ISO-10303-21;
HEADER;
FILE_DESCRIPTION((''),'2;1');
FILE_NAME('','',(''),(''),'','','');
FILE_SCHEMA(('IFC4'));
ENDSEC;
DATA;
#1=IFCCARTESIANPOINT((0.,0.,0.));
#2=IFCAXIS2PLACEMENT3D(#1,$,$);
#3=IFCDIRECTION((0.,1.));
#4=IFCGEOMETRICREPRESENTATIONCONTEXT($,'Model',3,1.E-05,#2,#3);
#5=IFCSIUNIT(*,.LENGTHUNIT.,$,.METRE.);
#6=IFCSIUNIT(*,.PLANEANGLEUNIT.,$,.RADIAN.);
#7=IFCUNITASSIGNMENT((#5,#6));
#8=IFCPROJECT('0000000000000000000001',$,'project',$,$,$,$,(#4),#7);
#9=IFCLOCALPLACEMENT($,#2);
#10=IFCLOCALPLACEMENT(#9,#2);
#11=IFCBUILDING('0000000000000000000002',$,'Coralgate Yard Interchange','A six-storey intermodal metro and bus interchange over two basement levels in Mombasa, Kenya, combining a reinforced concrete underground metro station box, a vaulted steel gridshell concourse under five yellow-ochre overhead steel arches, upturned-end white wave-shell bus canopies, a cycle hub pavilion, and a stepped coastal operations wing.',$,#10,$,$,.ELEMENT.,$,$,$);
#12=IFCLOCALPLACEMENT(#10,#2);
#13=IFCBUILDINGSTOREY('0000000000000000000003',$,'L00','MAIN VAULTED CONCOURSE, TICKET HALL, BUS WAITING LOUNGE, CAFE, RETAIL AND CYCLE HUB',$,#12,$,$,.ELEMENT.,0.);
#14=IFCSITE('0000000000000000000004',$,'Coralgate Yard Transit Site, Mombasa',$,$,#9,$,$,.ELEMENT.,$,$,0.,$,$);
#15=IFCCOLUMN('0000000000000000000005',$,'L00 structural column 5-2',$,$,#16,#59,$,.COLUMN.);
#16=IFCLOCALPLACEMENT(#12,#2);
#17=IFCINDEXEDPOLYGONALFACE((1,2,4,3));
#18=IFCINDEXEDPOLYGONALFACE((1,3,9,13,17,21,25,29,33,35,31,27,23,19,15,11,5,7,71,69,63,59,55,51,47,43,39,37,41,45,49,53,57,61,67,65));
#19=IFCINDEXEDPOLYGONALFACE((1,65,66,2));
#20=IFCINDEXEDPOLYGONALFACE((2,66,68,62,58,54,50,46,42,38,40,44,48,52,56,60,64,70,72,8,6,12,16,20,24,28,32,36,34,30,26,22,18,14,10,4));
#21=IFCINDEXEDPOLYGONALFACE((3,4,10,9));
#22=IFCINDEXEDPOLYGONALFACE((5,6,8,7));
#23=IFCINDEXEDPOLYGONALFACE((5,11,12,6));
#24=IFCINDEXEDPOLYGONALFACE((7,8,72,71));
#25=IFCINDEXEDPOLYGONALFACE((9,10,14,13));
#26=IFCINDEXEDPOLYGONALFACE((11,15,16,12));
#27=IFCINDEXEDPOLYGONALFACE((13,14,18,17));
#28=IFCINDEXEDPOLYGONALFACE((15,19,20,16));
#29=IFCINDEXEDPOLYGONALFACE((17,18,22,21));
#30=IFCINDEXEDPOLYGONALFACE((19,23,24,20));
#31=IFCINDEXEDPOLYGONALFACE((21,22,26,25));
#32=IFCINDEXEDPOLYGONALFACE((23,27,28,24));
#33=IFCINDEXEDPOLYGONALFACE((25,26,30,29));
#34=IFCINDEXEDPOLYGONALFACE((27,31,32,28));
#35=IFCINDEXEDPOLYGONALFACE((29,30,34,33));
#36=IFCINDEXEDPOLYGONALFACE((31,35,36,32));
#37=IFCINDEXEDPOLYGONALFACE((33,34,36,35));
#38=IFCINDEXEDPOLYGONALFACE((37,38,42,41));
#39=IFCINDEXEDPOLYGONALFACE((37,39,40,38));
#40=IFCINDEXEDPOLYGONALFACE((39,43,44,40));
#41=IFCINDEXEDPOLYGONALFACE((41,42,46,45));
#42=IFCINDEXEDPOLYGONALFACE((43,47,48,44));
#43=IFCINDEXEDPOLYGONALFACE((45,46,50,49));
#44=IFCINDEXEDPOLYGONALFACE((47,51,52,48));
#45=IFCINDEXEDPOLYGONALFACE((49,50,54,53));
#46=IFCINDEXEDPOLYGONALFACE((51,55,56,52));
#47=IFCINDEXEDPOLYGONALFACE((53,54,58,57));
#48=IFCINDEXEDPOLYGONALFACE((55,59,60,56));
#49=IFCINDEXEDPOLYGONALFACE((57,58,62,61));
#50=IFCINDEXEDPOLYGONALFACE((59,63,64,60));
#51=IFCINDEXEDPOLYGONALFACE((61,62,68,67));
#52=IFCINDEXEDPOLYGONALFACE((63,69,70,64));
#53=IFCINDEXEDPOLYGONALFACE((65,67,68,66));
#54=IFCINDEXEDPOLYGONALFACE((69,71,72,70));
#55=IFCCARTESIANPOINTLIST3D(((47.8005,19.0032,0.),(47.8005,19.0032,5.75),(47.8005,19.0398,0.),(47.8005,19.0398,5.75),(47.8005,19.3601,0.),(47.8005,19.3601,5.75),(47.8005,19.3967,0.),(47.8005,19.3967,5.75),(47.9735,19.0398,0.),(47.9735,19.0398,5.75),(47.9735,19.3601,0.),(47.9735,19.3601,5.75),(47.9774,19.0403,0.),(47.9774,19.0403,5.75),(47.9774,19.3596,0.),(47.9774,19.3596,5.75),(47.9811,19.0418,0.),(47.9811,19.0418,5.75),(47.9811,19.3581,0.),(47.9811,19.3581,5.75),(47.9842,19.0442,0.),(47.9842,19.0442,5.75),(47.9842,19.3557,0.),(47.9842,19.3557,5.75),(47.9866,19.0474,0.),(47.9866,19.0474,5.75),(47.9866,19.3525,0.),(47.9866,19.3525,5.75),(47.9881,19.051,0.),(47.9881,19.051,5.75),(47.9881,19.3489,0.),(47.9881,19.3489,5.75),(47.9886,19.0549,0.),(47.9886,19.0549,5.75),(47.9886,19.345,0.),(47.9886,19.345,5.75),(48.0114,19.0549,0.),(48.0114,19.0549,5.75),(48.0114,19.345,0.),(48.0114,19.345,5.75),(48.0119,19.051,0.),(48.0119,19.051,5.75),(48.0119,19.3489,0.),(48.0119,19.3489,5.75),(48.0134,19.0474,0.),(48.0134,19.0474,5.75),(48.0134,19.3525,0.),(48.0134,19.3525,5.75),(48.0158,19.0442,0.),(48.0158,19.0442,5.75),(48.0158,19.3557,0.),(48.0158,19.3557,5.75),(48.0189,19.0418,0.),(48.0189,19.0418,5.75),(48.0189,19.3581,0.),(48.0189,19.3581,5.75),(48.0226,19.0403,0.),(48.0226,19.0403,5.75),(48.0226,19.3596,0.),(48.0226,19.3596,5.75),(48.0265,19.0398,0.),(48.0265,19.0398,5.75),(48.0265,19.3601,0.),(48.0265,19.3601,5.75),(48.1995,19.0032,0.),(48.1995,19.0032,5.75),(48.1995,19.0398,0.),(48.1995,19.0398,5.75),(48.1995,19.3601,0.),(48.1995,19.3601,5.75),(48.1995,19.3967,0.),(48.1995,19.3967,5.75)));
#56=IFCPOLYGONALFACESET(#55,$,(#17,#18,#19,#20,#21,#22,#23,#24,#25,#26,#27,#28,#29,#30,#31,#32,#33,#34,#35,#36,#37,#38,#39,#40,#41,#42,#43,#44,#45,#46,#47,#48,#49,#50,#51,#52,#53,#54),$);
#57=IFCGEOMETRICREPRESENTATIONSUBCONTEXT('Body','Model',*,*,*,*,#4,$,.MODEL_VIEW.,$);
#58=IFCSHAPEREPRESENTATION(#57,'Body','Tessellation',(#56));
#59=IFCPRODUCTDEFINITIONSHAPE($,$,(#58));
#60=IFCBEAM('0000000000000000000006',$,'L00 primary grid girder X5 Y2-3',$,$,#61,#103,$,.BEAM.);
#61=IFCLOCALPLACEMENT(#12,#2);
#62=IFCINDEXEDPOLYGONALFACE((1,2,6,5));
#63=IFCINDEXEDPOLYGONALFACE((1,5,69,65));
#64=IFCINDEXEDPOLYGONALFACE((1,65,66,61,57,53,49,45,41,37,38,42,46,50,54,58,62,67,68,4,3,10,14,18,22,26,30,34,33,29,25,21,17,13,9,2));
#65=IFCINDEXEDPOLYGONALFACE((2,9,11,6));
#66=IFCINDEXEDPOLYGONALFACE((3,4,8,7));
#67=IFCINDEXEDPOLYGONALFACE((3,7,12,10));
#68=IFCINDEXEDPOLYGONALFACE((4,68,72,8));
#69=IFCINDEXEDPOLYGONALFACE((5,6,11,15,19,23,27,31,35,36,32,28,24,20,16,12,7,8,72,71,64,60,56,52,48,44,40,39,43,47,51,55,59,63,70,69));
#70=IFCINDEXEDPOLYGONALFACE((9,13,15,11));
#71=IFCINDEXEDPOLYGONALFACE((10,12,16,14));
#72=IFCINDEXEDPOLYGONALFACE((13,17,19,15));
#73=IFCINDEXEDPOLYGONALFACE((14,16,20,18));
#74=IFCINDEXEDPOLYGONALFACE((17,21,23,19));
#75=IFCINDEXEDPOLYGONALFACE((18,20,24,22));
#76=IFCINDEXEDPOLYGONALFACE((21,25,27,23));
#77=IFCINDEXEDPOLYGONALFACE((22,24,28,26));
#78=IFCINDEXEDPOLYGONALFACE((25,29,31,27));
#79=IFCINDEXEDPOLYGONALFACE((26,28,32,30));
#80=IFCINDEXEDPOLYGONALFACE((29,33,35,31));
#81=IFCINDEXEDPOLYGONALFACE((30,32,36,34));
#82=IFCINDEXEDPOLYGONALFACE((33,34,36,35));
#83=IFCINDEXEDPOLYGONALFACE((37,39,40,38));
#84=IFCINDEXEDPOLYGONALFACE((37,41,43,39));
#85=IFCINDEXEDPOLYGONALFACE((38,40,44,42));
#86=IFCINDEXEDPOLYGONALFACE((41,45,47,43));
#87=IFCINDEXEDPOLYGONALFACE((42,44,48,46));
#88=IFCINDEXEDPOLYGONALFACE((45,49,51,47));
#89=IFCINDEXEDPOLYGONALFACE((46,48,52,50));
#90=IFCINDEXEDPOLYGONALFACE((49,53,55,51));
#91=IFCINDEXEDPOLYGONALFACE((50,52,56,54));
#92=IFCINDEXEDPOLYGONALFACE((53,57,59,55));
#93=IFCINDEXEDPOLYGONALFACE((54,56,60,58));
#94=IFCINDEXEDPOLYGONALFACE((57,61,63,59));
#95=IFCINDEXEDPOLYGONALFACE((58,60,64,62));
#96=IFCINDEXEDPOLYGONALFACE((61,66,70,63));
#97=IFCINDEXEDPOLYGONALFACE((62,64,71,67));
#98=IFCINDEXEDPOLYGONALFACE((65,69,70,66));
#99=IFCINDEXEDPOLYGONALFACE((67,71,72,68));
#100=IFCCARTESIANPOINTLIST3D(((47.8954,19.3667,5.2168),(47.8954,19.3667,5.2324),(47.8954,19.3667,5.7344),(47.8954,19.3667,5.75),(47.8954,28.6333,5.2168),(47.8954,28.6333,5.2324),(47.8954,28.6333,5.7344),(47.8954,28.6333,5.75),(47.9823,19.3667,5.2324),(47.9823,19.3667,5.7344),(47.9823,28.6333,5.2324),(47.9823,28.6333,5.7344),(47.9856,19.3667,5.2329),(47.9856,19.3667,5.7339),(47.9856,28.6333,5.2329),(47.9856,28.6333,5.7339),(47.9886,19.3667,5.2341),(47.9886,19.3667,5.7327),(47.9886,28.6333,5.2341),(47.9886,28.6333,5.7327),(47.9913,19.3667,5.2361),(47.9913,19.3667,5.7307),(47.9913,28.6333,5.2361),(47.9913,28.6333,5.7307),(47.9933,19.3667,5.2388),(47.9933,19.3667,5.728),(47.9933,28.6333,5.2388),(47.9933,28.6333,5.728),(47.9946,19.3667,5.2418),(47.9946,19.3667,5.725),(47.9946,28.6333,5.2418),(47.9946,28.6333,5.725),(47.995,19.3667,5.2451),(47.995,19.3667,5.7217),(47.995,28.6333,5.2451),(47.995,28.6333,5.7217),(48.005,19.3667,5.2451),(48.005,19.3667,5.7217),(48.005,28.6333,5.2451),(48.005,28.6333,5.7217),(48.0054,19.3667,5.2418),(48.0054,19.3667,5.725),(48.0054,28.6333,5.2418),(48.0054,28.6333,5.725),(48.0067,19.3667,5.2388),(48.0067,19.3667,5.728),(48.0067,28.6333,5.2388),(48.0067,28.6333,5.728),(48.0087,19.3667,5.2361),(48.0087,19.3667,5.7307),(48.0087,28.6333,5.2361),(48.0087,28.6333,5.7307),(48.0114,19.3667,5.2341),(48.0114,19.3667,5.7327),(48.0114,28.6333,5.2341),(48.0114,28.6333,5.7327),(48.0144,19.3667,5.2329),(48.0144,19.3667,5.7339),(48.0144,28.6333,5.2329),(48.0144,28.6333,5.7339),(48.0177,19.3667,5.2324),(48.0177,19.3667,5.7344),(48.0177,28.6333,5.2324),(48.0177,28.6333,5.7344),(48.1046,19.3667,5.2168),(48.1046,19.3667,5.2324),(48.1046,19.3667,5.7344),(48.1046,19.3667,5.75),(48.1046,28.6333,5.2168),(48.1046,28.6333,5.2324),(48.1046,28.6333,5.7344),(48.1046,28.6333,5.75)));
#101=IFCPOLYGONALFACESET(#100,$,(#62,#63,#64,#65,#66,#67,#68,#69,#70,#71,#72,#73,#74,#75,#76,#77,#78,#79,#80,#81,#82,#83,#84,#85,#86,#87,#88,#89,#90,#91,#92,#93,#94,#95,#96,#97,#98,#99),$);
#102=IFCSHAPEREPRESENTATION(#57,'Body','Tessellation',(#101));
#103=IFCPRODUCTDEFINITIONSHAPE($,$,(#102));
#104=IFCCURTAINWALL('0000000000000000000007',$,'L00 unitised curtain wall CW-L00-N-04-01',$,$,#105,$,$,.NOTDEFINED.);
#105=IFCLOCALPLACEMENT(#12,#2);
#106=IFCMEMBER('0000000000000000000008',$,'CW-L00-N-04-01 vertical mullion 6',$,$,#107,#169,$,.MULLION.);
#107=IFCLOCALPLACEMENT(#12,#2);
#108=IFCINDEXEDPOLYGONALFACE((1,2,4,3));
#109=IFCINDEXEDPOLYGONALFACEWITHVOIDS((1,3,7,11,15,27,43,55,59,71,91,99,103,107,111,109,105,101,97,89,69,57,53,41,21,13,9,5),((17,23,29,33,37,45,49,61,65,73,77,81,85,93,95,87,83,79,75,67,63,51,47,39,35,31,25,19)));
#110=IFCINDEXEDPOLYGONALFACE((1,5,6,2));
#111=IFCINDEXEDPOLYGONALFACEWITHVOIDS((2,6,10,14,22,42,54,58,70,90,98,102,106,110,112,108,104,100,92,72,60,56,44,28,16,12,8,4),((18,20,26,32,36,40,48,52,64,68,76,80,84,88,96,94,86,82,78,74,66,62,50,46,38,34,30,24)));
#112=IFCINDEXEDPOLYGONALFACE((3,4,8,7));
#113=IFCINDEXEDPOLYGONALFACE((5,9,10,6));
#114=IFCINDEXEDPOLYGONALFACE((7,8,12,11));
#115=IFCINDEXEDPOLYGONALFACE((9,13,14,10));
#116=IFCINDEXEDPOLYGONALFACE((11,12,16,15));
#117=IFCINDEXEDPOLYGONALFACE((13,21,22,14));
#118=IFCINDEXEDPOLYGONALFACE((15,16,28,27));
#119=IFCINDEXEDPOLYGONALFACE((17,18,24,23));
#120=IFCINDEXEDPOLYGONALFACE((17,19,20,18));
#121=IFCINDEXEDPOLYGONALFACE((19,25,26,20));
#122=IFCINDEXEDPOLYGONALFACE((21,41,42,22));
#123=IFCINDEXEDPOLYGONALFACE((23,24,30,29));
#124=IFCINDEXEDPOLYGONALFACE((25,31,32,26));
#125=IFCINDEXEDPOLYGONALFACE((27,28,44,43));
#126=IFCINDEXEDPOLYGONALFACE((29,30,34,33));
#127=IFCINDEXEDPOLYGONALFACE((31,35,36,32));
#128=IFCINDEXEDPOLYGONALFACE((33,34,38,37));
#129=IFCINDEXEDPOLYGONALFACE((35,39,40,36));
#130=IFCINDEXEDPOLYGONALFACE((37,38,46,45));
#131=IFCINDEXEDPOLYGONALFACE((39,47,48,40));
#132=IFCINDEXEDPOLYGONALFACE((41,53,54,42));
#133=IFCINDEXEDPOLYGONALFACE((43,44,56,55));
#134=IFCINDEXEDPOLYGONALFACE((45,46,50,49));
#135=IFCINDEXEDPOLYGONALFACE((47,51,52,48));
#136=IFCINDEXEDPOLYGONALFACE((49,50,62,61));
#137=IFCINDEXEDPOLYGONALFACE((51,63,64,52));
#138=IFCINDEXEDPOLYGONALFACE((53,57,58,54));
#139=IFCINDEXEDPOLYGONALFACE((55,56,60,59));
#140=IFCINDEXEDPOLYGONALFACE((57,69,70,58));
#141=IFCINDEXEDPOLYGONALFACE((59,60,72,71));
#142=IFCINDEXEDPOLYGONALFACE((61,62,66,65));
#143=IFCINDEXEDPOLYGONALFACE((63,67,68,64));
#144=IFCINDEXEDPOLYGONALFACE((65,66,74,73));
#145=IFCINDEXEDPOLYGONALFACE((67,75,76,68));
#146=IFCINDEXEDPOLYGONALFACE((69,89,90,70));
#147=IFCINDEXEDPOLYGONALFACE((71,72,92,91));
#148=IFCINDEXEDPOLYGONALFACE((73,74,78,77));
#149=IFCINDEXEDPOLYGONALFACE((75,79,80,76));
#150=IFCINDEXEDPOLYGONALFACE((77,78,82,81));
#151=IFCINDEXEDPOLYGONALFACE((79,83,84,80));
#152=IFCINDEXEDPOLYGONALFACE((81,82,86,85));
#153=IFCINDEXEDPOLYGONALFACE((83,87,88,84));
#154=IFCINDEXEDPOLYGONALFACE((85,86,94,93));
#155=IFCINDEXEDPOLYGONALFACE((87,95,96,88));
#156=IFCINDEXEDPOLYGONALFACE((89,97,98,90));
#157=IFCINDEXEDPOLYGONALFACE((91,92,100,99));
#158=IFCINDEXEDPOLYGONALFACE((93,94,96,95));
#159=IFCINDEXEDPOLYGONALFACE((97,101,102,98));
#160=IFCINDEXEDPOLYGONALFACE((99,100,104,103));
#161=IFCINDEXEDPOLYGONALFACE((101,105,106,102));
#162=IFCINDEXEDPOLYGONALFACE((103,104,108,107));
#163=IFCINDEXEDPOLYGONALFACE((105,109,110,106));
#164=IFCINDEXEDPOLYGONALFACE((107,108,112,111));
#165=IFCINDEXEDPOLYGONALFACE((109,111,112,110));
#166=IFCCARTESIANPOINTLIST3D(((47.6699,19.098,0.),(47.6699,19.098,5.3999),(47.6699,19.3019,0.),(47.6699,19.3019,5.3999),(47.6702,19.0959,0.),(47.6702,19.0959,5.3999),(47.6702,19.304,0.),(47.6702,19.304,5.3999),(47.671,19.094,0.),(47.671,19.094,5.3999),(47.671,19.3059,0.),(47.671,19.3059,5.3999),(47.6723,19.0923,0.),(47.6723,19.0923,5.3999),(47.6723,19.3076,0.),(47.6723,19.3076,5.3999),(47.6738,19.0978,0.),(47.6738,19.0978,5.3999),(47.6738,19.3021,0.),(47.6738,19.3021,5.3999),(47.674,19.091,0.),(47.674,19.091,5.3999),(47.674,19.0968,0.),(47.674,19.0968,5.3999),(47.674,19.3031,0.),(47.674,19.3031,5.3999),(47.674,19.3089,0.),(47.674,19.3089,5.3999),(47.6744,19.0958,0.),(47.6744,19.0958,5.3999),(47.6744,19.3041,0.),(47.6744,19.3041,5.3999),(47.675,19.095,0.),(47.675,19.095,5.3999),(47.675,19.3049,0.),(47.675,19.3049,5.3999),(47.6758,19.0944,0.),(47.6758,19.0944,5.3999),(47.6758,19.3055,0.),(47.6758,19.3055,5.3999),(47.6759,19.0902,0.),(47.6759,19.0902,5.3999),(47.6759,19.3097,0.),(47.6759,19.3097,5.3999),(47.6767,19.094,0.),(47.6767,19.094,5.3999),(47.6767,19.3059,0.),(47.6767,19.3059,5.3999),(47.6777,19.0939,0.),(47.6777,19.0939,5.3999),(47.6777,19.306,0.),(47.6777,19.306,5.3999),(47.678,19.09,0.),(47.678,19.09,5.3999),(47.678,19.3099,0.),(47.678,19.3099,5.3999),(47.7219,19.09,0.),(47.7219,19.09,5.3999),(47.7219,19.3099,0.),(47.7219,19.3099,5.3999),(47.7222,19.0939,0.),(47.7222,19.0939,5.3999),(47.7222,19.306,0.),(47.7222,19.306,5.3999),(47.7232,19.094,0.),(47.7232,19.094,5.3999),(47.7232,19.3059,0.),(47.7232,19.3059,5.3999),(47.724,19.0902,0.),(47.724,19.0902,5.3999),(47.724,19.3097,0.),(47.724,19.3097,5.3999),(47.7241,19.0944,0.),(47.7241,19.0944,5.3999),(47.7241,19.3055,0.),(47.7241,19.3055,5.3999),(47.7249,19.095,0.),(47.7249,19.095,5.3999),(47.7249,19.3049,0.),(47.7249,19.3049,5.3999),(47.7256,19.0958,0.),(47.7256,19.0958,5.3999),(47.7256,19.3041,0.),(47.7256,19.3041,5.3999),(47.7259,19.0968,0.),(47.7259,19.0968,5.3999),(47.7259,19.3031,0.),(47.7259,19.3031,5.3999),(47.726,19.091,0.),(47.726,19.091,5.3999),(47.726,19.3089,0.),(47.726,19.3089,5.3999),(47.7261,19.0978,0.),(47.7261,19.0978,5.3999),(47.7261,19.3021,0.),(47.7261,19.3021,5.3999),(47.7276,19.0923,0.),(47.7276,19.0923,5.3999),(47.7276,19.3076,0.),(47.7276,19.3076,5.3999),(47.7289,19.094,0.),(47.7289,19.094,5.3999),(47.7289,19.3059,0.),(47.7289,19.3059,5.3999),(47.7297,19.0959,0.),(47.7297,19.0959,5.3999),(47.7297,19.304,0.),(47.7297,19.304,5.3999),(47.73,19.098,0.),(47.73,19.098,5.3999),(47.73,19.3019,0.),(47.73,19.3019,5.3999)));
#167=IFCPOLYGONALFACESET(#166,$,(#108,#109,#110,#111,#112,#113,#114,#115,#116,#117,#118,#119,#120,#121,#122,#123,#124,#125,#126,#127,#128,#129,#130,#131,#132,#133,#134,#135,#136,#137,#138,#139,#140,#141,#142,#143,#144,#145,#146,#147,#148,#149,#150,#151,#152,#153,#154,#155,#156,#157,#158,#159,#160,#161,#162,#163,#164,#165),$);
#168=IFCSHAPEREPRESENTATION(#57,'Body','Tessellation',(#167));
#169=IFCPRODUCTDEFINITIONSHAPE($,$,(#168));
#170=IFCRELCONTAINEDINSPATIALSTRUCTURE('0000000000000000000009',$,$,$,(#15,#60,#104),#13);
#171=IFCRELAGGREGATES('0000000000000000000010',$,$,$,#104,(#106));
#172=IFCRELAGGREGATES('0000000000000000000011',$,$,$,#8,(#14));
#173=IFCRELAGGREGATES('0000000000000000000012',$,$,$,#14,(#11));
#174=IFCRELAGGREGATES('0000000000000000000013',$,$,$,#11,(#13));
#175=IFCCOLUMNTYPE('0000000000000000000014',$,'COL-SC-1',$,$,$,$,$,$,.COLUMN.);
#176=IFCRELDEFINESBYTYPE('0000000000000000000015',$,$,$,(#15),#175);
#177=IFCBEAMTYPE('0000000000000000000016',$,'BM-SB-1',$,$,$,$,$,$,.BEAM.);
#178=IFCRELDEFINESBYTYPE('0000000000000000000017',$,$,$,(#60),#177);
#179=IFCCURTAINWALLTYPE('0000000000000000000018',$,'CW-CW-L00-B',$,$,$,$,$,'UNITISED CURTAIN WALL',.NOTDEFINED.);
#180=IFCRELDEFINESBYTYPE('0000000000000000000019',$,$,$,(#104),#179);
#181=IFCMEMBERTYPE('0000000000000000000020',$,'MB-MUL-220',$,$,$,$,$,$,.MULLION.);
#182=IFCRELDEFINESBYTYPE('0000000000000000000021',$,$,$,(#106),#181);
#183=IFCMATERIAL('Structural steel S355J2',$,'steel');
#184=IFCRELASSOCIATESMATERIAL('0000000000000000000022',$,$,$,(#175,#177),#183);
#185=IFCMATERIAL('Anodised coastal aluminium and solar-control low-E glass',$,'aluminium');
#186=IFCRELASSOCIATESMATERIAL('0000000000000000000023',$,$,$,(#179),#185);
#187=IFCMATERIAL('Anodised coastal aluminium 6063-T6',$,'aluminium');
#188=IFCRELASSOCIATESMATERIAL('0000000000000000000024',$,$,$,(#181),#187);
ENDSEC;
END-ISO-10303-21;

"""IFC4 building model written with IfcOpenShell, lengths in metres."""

from ifc_helpers import new_model, si_unit, direction, frame, origin, origin_2d, place, context, subcontext, project, spatial, hollow_rectangle, i_section, extrude, material, material_profile, profile_set, type_object, element, aggregate, save


model = new_model("IFC4")

# Units and contexts
model_context = context("Model", 3, precision=1e-05, world=origin(), true_north=direction((0.0, 1.0)))
body_context = subcontext(model_context, "Body", "Model", "MODEL_VIEW")
ifc_project = project(units=[si_unit("LENGTHUNIT", "METRE"), si_unit("PLANEANGLEUNIT", "RADIAN")], contexts=[model_context])

# Site, building, storey
site_placement = place(None, origin())
site = spatial("IfcSite", under=ifc_project, at=site_placement, Name="Coralgate Yard Transit Site, Mombasa", CompositionType="ELEMENT", RefElevation=0.0)
building_placement = place(site_placement, origin())
building = spatial("IfcBuilding", under=site, at=building_placement, Name="Coralgate Yard Interchange", Description="A six-storey intermodal metro and bus interchange over two basement levels in Mombasa, Kenya, combining a reinforced concrete underground metro station box, a vaulted steel gridshell concourse under five yellow-ochre overhead steel arches, upturned-end white wave-shell bus canopies, a cycle hub pavilion, and a stepped coastal operations wing.", CompositionType="ELEMENT")
storey_placement = place(building_placement, origin())
storey = spatial("IfcBuildingStorey", under=building, at=storey_placement, Name="L00", Description="MAIN VAULTED CONCOURSE, TICKET HALL, BUS WAITING LOUNGE, CAFE, RETAIL AND CYCLE HUB", CompositionType="ELEMENT", Elevation=0.0)

# Column
ifc_material_1 = material(Name="Structural steel S355J2", Category="steel")
ifc_material_profile_1 = material_profile(ifc_material_1, i_section(OverallWidth=0.3989, OverallDepth=0.3936, WebThickness=0.0227, FlangeThickness=0.0366, FilletRadius=0.0151, at=origin_2d()), Name="UC 356x406x287")
ifc_profile_set_1 = profile_set([ifc_material_profile_1], Name="Structural steel S355J2")
column_type = type_object("IfcColumnType", Name="COL-SC-1", PredefinedType="COLUMN", material=ifc_profile_set_1)
column_placement = place(storey_placement, frame((48.0, 19.2, 0.0), z_axis=(0.0, 0.0, 1.0), x_axis=(1.0, 0.0, 0.0)))
element("IfcColumn", 1, at=column_placement, inside=storey, type_object=column_type, Name="L00 structural column 5-2", PredefinedType="COLUMN", context=body_context, shape_type="SweptSolid", body=[
    extrude(i_section(OverallWidth=0.3989, OverallDepth=0.3936, WebThickness=0.0227, FlangeThickness=0.0366, FilletRadius=0.0151, at=origin_2d()), origin(), (0.0, 0.0, 1.0), 5.75),
])

# Beam
ifc_material_profile_2 = material_profile(ifc_material_1, i_section(OverallWidth=0.2092, OverallDepth=0.5332, WebThickness=0.01, FlangeThickness=0.0156, FilletRadius=0.0127, at=origin_2d()), Name="UB 533x210x92")
ifc_profile_set_2 = profile_set([ifc_material_profile_2], Name="Structural steel S355J2")
beam_type = type_object("IfcBeamType", Name="BM-SB-1", PredefinedType="BEAM", material=ifc_profile_set_2)
beam_placement = place(storey_placement, frame((48.0, 19.3667, 5.4834), z_axis=(0.0, 1.0, 0.0), x_axis=(-1.0, 0.0, 0.0)))
element("IfcBeam", 2, at=beam_placement, inside=storey, type_object=beam_type, Name="L00 primary grid girder X5 Y2-3", PredefinedType="BEAM", context=body_context, shape_type="SweptSolid", body=[
    extrude(i_section(OverallWidth=0.2092, OverallDepth=0.5332, WebThickness=0.01, FlangeThickness=0.0156, FilletRadius=0.0127, at=origin_2d()), origin(), (0.0, 0.0, 1.0), 9.2666),
])

# Curtain wall, member
ifc_material_2 = material(Name="Anodised coastal aluminium and solar-control low-E glass", Category="aluminium")
curtain_wall_type = type_object("IfcCurtainWallType", Name="CW-CW-L00-B", ElementType="UNITISED CURTAIN WALL", PredefinedType="NOTDEFINED", material=ifc_material_2)
curtain_wall_1_placement = place(storey_placement, origin())
curtain_wall_1 = element("IfcCurtainWall", 3, at=curtain_wall_1_placement, inside=storey, type_object=curtain_wall_type, Name="L00 unitised curtain wall CW-L00-N-04-01", PredefinedType="NOTDEFINED")
ifc_material_3 = material(Name="Anodised coastal aluminium 6063-T6", Category="aluminium")
ifc_material_profile_3 = material_profile(ifc_material_3, hollow_rectangle(XDim=0.0601, YDim=0.22, WallThickness=0.0039, InnerFilletRadius=0.0039, OuterFilletRadius=0.0081, at=origin_2d()), Name="ALU 60x220x4")
ifc_profile_set_3 = profile_set([ifc_material_profile_3], Name="Anodised coastal aluminium 6063-T6")
member_type_1 = type_object("IfcMemberType", Name="MB-MUL-220", PredefinedType="MULLION", material=ifc_profile_set_3)
member_1_placement = place(storey_placement, frame((47.7, 19.2, 0.0), z_axis=(0.0, 0.0, 1.0), x_axis=(1.0, 0.0, 0.0)))
member_1 = element("IfcMember", 4, at=member_1_placement, type_object=member_type_1, Name="CW-L00-N-04-01 vertical mullion 6", PredefinedType="MULLION", context=body_context, shape_type="SweptSolid", body=[
    extrude(hollow_rectangle(XDim=0.0601, YDim=0.22, WallThickness=0.0039, InnerFilletRadius=0.0039, OuterFilletRadius=0.0081, at=origin_2d()), origin(), (0.0, 0.0, 1.0), 5.3999),
])

aggregate(curtain_wall_1, [member_1])

save(model, "model.ifc")
